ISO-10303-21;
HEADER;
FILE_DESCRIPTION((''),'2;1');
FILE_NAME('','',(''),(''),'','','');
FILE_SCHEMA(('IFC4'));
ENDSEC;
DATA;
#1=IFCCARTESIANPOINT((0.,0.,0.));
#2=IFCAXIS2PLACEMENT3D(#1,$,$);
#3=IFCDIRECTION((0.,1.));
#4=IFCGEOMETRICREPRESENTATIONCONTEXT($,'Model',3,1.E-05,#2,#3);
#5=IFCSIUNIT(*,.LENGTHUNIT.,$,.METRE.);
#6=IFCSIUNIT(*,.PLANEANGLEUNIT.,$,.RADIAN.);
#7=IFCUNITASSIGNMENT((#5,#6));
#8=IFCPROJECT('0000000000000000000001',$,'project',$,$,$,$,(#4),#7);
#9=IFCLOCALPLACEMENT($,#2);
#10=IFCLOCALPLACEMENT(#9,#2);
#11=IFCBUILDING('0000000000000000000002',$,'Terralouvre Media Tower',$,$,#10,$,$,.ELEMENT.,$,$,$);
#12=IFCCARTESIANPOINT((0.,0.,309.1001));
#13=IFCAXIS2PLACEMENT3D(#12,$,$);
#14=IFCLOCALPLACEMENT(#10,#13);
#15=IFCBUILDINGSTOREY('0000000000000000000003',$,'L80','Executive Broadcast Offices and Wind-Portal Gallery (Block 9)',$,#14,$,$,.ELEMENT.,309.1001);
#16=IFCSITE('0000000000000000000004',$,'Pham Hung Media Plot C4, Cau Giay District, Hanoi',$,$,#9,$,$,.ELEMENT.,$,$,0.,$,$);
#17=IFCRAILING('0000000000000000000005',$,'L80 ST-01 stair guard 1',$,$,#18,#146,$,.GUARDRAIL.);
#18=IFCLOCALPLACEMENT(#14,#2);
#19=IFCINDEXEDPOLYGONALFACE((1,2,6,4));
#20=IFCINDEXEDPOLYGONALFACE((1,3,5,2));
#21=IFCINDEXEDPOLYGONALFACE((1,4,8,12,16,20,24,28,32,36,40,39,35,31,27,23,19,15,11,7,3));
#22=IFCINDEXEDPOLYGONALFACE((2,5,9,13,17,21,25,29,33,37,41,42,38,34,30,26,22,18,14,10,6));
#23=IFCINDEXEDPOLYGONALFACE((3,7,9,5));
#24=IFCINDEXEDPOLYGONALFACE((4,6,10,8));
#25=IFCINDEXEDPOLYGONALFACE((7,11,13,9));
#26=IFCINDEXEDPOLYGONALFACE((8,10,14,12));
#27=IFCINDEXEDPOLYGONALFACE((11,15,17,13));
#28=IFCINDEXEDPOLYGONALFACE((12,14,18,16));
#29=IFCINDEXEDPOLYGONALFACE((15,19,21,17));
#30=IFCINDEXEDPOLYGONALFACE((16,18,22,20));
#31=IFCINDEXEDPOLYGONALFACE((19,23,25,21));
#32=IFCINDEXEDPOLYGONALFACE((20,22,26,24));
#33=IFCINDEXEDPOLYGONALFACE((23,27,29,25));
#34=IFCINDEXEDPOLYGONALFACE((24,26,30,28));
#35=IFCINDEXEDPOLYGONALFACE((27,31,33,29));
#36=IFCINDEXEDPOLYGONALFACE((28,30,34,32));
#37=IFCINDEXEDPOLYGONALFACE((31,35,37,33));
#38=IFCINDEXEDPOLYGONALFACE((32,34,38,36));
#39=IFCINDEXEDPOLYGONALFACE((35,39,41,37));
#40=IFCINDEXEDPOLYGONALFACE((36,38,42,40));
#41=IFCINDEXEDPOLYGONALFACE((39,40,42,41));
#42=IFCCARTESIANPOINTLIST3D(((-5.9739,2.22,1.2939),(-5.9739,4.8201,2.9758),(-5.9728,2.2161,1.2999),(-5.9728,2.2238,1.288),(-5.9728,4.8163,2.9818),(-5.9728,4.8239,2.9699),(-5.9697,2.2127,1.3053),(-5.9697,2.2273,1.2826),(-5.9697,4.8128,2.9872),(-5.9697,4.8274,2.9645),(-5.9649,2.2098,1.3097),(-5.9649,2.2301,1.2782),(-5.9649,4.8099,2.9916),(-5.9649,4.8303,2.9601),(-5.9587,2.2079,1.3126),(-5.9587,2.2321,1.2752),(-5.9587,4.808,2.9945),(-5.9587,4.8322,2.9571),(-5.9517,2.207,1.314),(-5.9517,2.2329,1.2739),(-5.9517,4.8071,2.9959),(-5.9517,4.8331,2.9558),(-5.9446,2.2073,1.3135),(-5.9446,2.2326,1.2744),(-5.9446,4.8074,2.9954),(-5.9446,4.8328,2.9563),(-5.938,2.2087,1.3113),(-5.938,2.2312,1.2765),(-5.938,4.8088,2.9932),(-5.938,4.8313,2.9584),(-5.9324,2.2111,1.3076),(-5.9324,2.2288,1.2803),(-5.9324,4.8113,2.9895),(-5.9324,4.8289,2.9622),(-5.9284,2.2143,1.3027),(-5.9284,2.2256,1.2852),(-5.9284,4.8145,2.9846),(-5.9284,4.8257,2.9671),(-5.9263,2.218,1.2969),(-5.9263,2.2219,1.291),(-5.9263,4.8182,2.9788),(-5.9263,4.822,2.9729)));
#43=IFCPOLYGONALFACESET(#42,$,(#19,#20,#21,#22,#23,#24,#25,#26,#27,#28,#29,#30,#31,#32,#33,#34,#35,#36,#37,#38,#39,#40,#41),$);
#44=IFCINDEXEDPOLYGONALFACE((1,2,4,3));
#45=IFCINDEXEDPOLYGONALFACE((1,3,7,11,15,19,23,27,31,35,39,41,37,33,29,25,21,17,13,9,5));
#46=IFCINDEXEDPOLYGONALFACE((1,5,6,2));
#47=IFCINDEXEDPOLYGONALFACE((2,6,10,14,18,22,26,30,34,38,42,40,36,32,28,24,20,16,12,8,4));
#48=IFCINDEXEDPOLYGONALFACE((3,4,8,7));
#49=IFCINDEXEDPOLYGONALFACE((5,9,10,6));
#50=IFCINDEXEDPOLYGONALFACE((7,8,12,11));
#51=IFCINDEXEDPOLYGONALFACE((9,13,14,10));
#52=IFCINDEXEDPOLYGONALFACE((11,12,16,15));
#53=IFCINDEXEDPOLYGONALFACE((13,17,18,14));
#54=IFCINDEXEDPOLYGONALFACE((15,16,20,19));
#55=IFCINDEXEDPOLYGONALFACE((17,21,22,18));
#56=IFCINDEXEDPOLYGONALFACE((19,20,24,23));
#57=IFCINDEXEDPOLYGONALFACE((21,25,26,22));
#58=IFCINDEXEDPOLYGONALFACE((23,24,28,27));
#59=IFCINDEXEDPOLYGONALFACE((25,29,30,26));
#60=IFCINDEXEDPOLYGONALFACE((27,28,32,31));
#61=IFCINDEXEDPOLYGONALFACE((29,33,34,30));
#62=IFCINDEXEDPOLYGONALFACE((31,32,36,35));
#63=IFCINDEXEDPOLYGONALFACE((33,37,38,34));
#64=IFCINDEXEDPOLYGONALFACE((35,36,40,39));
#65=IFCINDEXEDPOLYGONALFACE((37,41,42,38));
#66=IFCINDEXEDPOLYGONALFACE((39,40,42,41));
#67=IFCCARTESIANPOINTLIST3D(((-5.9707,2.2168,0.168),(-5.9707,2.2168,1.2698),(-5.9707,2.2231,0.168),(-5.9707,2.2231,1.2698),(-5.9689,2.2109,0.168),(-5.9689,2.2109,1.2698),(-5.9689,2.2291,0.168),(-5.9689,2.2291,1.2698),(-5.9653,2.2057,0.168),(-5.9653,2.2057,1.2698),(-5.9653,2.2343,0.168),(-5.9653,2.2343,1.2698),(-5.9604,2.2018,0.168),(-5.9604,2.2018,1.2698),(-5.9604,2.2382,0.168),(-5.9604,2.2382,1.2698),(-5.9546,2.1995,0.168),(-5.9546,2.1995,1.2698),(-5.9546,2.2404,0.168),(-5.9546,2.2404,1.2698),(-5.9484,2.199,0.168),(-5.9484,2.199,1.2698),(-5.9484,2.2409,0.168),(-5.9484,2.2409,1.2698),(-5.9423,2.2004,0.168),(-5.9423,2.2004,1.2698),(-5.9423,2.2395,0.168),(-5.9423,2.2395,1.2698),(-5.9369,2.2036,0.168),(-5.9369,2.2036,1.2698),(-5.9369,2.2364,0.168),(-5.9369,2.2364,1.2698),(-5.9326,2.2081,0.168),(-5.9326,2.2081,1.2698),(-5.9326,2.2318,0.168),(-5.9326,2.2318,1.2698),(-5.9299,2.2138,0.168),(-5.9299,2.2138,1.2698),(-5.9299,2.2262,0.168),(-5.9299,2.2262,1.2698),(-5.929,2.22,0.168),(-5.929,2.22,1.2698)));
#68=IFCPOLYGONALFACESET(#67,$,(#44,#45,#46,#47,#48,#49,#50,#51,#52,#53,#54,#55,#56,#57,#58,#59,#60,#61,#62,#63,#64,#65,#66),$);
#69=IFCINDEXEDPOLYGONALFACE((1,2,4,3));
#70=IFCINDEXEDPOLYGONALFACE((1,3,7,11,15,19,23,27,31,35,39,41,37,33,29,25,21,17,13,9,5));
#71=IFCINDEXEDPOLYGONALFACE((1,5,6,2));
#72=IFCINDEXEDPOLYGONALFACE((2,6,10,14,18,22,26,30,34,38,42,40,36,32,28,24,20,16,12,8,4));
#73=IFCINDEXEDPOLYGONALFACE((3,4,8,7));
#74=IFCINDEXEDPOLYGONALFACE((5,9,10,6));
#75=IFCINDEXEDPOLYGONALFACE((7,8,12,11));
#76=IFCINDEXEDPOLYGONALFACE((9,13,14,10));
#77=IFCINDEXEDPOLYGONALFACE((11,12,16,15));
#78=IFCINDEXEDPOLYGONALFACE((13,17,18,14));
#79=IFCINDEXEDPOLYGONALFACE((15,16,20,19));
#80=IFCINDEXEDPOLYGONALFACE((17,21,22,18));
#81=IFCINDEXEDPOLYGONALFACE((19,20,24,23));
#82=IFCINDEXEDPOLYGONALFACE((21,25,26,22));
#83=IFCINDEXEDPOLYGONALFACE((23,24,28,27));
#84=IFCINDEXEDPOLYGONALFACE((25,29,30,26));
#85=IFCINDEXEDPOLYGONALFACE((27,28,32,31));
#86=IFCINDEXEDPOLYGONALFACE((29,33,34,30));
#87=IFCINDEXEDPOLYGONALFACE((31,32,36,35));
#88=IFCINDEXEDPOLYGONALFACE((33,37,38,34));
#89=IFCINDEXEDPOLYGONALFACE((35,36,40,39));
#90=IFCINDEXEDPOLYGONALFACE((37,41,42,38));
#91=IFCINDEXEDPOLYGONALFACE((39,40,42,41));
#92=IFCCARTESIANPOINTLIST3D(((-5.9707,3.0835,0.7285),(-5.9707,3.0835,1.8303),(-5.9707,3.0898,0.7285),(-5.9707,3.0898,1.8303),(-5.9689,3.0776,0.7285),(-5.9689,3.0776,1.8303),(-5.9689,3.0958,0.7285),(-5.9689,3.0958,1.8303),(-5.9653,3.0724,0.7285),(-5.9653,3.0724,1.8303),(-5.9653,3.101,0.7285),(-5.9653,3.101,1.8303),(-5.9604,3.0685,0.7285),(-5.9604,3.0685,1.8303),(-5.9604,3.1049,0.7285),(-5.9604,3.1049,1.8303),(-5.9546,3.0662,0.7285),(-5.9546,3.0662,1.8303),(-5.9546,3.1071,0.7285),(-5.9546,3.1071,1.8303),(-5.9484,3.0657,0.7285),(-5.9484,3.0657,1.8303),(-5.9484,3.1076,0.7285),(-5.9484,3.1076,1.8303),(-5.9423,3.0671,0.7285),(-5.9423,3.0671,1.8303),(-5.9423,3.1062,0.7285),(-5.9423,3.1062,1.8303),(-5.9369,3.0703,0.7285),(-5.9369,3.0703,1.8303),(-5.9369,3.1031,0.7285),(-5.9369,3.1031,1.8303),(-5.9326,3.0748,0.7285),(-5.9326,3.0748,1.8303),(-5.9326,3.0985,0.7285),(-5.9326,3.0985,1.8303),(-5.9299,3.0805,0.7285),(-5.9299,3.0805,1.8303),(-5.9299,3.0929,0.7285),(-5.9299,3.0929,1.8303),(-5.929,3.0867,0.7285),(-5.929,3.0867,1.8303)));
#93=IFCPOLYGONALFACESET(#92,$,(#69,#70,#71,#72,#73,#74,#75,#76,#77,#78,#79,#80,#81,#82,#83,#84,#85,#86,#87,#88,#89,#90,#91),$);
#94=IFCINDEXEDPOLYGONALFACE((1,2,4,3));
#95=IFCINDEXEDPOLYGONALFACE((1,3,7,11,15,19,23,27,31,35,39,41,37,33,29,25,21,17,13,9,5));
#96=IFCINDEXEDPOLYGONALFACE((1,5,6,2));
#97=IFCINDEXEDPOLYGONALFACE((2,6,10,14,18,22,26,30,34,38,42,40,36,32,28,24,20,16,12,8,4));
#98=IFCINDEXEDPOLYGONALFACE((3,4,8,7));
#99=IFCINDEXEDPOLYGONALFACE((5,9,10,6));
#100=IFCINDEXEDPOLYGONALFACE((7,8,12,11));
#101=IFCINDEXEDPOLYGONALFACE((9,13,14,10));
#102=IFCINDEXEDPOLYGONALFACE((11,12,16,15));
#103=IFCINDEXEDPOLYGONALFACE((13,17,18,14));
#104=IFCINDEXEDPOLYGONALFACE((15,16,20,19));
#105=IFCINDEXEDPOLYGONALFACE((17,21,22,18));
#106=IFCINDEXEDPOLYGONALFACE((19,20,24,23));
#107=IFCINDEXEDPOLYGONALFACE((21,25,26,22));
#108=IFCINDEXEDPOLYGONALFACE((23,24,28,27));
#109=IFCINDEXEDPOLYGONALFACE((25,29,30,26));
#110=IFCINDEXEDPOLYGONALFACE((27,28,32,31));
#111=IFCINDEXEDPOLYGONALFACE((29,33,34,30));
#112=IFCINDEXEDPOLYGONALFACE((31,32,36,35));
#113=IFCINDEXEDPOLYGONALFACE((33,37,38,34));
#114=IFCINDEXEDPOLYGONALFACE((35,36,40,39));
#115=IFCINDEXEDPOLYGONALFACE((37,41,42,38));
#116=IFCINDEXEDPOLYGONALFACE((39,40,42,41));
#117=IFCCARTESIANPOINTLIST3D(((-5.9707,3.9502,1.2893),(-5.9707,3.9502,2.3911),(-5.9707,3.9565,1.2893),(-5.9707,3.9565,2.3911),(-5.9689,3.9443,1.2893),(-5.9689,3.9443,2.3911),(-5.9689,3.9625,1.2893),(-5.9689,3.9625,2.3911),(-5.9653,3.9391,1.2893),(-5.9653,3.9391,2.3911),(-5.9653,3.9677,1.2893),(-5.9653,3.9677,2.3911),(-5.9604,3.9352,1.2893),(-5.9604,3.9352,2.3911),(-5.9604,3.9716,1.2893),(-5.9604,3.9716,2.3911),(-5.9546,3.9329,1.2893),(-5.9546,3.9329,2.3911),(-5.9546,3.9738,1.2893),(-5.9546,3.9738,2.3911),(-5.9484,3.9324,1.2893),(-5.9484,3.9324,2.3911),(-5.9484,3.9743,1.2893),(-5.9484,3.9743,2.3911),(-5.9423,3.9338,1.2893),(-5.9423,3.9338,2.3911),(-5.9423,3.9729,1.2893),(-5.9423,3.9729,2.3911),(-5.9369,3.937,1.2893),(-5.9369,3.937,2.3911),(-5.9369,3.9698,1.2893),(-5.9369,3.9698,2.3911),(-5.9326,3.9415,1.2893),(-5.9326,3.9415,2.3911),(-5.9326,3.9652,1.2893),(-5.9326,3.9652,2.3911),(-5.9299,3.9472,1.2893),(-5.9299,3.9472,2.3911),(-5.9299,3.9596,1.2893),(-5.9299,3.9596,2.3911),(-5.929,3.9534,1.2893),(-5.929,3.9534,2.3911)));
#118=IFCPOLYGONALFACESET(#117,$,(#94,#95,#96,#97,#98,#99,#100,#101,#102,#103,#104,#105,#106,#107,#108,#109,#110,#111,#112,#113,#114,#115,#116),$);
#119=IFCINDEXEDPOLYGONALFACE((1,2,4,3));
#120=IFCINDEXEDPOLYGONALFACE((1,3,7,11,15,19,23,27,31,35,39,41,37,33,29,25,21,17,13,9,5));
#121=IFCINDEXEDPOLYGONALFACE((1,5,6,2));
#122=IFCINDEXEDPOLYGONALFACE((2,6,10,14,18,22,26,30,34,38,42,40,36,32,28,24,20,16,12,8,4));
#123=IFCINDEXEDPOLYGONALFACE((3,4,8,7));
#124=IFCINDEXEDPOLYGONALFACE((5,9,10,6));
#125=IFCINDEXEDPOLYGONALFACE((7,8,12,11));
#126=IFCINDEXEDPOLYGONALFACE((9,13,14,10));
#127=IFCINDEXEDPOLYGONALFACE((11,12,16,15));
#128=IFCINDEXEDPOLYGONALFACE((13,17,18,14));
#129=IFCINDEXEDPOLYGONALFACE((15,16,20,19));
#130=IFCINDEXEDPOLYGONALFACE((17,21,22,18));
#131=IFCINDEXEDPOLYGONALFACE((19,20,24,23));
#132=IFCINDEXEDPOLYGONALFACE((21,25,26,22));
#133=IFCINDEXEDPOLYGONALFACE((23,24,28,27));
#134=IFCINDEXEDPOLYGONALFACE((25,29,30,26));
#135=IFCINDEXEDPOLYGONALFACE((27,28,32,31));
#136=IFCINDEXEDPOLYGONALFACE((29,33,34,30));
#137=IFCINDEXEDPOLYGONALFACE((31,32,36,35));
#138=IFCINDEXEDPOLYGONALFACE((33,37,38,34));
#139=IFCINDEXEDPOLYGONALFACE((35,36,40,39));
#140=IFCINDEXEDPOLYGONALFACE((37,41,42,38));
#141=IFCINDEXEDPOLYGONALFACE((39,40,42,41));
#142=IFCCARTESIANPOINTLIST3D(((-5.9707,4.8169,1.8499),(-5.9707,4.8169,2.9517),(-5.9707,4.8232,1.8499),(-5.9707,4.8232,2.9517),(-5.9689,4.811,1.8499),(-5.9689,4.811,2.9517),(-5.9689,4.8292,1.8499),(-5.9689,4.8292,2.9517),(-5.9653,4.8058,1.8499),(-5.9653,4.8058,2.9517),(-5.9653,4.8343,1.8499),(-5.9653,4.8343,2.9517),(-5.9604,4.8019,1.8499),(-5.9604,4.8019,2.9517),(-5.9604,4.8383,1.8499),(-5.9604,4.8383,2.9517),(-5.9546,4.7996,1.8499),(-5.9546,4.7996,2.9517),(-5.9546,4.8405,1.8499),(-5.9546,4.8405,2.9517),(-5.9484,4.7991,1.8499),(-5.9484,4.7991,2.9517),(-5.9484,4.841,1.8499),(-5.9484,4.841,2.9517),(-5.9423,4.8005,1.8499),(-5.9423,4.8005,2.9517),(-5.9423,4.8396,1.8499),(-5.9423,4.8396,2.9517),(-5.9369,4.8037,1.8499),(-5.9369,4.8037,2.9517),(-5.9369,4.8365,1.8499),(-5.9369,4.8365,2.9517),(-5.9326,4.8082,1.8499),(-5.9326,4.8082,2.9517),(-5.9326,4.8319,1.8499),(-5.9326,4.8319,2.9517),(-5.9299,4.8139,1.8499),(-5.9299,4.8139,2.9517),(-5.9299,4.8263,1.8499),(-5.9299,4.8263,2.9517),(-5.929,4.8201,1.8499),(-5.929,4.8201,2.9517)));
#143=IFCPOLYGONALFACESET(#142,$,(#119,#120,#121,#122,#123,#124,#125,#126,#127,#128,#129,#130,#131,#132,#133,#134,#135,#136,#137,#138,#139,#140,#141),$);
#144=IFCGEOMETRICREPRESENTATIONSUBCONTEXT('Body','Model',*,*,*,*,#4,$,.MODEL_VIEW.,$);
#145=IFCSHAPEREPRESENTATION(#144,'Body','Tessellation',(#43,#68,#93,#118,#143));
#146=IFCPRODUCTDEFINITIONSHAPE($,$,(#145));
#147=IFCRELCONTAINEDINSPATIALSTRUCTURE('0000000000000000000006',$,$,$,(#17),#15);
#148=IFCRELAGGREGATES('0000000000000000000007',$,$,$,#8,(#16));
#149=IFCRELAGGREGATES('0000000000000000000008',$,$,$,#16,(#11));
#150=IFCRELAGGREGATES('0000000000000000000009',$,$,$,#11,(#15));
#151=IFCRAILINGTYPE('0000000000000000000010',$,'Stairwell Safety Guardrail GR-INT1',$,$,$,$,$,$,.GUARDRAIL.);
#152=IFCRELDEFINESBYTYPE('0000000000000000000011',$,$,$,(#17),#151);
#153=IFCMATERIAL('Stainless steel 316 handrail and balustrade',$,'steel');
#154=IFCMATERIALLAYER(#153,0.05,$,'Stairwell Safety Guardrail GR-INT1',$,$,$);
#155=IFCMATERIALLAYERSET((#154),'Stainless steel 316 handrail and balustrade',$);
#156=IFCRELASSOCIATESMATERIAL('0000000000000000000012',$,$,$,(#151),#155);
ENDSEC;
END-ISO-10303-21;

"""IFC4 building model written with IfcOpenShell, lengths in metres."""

from ifc_helpers import new_model, si_unit, direction, frame, origin, origin_2d, place, context, subcontext, project, spatial, circle, extrude, material, layer, layer_set, type_object, element, save


model = new_model("IFC4")

# Units and contexts
model_context = context("Model", 3, precision=1e-05, world=origin(), true_north=direction((0.0, 1.0)))
body_context = subcontext(model_context, "Body", "Model", "MODEL_VIEW")
ifc_project = project(units=[si_unit("LENGTHUNIT", "METRE"), si_unit("PLANEANGLEUNIT", "RADIAN")], contexts=[model_context])

# Site, building, storey
site_placement = place(None, origin())
site = spatial("IfcSite", under=ifc_project, at=site_placement, Name="Pham Hung Media Plot C4, Cau Giay District, Hanoi", CompositionType="ELEMENT", RefElevation=0.0)
building_placement = place(site_placement, origin())
building = spatial("IfcBuilding", under=site, at=building_placement, Name="Terralouvre Media Tower", CompositionType="ELEMENT")
storey_placement = place(building_placement, frame((0.0, 0.0, 309.1001)))
storey = spatial("IfcBuildingStorey", under=building, at=storey_placement, Name="L80", Description="Executive Broadcast Offices and Wind-Portal Gallery (Block 9)", CompositionType="ELEMENT", Elevation=309.1001)

# Railing
ifc_material_1 = material(Name="Stainless steel 316 handrail and balustrade", Category="steel")
ifc_layer_1 = layer(ifc_material_1, 0.05, Name="Stairwell Safety Guardrail GR-INT1")
ifc_layer_set_1 = layer_set([ifc_layer_1], Name="Stainless steel 316 handrail and balustrade")
railing_type_1 = type_object("IfcRailingType", Name="Stairwell Safety Guardrail GR-INT1", PredefinedType="GUARDRAIL", material=ifc_layer_set_1)
railing_1_placement = place(storey_placement, frame((-5.95, 2.22, 0.168)))
element("IfcRailing", 1, at=railing_1_placement, inside=storey, type_object=railing_type_1, Name="L80 ST-01 stair guard 1", PredefinedType="GUARDRAIL", context=body_context, shape_type="SweptSolid", body=[
    extrude(circle(Radius=0.0239, at=origin_2d()), frame((0.0, 0.0, 1.126), z_axis=(0.0, 0.839648, 0.54313), x_axis=(-1.0, 0.0, 0.0)), (0.0, 0.0, 1.0), 3.0967),
    extrude(circle(Radius=0.021, at=origin_2d()), origin(), (0.0, 0.0, 1.0), 1.1018),
    extrude(circle(Radius=0.021, at=origin_2d()), frame((0.0, 0.8667, 0.5605)), (0.0, 0.0, 1.0), 1.1018),
    extrude(circle(Radius=0.021, at=origin_2d()), frame((0.0, 1.7334, 1.1213)), (0.0, 0.0, 1.0), 1.1018),
    extrude(circle(Radius=0.021, at=origin_2d()), frame((0.0, 2.6001, 1.6819)), (0.0, 0.0, 1.0), 1.1018),
])

save(model, "model.ifc")
